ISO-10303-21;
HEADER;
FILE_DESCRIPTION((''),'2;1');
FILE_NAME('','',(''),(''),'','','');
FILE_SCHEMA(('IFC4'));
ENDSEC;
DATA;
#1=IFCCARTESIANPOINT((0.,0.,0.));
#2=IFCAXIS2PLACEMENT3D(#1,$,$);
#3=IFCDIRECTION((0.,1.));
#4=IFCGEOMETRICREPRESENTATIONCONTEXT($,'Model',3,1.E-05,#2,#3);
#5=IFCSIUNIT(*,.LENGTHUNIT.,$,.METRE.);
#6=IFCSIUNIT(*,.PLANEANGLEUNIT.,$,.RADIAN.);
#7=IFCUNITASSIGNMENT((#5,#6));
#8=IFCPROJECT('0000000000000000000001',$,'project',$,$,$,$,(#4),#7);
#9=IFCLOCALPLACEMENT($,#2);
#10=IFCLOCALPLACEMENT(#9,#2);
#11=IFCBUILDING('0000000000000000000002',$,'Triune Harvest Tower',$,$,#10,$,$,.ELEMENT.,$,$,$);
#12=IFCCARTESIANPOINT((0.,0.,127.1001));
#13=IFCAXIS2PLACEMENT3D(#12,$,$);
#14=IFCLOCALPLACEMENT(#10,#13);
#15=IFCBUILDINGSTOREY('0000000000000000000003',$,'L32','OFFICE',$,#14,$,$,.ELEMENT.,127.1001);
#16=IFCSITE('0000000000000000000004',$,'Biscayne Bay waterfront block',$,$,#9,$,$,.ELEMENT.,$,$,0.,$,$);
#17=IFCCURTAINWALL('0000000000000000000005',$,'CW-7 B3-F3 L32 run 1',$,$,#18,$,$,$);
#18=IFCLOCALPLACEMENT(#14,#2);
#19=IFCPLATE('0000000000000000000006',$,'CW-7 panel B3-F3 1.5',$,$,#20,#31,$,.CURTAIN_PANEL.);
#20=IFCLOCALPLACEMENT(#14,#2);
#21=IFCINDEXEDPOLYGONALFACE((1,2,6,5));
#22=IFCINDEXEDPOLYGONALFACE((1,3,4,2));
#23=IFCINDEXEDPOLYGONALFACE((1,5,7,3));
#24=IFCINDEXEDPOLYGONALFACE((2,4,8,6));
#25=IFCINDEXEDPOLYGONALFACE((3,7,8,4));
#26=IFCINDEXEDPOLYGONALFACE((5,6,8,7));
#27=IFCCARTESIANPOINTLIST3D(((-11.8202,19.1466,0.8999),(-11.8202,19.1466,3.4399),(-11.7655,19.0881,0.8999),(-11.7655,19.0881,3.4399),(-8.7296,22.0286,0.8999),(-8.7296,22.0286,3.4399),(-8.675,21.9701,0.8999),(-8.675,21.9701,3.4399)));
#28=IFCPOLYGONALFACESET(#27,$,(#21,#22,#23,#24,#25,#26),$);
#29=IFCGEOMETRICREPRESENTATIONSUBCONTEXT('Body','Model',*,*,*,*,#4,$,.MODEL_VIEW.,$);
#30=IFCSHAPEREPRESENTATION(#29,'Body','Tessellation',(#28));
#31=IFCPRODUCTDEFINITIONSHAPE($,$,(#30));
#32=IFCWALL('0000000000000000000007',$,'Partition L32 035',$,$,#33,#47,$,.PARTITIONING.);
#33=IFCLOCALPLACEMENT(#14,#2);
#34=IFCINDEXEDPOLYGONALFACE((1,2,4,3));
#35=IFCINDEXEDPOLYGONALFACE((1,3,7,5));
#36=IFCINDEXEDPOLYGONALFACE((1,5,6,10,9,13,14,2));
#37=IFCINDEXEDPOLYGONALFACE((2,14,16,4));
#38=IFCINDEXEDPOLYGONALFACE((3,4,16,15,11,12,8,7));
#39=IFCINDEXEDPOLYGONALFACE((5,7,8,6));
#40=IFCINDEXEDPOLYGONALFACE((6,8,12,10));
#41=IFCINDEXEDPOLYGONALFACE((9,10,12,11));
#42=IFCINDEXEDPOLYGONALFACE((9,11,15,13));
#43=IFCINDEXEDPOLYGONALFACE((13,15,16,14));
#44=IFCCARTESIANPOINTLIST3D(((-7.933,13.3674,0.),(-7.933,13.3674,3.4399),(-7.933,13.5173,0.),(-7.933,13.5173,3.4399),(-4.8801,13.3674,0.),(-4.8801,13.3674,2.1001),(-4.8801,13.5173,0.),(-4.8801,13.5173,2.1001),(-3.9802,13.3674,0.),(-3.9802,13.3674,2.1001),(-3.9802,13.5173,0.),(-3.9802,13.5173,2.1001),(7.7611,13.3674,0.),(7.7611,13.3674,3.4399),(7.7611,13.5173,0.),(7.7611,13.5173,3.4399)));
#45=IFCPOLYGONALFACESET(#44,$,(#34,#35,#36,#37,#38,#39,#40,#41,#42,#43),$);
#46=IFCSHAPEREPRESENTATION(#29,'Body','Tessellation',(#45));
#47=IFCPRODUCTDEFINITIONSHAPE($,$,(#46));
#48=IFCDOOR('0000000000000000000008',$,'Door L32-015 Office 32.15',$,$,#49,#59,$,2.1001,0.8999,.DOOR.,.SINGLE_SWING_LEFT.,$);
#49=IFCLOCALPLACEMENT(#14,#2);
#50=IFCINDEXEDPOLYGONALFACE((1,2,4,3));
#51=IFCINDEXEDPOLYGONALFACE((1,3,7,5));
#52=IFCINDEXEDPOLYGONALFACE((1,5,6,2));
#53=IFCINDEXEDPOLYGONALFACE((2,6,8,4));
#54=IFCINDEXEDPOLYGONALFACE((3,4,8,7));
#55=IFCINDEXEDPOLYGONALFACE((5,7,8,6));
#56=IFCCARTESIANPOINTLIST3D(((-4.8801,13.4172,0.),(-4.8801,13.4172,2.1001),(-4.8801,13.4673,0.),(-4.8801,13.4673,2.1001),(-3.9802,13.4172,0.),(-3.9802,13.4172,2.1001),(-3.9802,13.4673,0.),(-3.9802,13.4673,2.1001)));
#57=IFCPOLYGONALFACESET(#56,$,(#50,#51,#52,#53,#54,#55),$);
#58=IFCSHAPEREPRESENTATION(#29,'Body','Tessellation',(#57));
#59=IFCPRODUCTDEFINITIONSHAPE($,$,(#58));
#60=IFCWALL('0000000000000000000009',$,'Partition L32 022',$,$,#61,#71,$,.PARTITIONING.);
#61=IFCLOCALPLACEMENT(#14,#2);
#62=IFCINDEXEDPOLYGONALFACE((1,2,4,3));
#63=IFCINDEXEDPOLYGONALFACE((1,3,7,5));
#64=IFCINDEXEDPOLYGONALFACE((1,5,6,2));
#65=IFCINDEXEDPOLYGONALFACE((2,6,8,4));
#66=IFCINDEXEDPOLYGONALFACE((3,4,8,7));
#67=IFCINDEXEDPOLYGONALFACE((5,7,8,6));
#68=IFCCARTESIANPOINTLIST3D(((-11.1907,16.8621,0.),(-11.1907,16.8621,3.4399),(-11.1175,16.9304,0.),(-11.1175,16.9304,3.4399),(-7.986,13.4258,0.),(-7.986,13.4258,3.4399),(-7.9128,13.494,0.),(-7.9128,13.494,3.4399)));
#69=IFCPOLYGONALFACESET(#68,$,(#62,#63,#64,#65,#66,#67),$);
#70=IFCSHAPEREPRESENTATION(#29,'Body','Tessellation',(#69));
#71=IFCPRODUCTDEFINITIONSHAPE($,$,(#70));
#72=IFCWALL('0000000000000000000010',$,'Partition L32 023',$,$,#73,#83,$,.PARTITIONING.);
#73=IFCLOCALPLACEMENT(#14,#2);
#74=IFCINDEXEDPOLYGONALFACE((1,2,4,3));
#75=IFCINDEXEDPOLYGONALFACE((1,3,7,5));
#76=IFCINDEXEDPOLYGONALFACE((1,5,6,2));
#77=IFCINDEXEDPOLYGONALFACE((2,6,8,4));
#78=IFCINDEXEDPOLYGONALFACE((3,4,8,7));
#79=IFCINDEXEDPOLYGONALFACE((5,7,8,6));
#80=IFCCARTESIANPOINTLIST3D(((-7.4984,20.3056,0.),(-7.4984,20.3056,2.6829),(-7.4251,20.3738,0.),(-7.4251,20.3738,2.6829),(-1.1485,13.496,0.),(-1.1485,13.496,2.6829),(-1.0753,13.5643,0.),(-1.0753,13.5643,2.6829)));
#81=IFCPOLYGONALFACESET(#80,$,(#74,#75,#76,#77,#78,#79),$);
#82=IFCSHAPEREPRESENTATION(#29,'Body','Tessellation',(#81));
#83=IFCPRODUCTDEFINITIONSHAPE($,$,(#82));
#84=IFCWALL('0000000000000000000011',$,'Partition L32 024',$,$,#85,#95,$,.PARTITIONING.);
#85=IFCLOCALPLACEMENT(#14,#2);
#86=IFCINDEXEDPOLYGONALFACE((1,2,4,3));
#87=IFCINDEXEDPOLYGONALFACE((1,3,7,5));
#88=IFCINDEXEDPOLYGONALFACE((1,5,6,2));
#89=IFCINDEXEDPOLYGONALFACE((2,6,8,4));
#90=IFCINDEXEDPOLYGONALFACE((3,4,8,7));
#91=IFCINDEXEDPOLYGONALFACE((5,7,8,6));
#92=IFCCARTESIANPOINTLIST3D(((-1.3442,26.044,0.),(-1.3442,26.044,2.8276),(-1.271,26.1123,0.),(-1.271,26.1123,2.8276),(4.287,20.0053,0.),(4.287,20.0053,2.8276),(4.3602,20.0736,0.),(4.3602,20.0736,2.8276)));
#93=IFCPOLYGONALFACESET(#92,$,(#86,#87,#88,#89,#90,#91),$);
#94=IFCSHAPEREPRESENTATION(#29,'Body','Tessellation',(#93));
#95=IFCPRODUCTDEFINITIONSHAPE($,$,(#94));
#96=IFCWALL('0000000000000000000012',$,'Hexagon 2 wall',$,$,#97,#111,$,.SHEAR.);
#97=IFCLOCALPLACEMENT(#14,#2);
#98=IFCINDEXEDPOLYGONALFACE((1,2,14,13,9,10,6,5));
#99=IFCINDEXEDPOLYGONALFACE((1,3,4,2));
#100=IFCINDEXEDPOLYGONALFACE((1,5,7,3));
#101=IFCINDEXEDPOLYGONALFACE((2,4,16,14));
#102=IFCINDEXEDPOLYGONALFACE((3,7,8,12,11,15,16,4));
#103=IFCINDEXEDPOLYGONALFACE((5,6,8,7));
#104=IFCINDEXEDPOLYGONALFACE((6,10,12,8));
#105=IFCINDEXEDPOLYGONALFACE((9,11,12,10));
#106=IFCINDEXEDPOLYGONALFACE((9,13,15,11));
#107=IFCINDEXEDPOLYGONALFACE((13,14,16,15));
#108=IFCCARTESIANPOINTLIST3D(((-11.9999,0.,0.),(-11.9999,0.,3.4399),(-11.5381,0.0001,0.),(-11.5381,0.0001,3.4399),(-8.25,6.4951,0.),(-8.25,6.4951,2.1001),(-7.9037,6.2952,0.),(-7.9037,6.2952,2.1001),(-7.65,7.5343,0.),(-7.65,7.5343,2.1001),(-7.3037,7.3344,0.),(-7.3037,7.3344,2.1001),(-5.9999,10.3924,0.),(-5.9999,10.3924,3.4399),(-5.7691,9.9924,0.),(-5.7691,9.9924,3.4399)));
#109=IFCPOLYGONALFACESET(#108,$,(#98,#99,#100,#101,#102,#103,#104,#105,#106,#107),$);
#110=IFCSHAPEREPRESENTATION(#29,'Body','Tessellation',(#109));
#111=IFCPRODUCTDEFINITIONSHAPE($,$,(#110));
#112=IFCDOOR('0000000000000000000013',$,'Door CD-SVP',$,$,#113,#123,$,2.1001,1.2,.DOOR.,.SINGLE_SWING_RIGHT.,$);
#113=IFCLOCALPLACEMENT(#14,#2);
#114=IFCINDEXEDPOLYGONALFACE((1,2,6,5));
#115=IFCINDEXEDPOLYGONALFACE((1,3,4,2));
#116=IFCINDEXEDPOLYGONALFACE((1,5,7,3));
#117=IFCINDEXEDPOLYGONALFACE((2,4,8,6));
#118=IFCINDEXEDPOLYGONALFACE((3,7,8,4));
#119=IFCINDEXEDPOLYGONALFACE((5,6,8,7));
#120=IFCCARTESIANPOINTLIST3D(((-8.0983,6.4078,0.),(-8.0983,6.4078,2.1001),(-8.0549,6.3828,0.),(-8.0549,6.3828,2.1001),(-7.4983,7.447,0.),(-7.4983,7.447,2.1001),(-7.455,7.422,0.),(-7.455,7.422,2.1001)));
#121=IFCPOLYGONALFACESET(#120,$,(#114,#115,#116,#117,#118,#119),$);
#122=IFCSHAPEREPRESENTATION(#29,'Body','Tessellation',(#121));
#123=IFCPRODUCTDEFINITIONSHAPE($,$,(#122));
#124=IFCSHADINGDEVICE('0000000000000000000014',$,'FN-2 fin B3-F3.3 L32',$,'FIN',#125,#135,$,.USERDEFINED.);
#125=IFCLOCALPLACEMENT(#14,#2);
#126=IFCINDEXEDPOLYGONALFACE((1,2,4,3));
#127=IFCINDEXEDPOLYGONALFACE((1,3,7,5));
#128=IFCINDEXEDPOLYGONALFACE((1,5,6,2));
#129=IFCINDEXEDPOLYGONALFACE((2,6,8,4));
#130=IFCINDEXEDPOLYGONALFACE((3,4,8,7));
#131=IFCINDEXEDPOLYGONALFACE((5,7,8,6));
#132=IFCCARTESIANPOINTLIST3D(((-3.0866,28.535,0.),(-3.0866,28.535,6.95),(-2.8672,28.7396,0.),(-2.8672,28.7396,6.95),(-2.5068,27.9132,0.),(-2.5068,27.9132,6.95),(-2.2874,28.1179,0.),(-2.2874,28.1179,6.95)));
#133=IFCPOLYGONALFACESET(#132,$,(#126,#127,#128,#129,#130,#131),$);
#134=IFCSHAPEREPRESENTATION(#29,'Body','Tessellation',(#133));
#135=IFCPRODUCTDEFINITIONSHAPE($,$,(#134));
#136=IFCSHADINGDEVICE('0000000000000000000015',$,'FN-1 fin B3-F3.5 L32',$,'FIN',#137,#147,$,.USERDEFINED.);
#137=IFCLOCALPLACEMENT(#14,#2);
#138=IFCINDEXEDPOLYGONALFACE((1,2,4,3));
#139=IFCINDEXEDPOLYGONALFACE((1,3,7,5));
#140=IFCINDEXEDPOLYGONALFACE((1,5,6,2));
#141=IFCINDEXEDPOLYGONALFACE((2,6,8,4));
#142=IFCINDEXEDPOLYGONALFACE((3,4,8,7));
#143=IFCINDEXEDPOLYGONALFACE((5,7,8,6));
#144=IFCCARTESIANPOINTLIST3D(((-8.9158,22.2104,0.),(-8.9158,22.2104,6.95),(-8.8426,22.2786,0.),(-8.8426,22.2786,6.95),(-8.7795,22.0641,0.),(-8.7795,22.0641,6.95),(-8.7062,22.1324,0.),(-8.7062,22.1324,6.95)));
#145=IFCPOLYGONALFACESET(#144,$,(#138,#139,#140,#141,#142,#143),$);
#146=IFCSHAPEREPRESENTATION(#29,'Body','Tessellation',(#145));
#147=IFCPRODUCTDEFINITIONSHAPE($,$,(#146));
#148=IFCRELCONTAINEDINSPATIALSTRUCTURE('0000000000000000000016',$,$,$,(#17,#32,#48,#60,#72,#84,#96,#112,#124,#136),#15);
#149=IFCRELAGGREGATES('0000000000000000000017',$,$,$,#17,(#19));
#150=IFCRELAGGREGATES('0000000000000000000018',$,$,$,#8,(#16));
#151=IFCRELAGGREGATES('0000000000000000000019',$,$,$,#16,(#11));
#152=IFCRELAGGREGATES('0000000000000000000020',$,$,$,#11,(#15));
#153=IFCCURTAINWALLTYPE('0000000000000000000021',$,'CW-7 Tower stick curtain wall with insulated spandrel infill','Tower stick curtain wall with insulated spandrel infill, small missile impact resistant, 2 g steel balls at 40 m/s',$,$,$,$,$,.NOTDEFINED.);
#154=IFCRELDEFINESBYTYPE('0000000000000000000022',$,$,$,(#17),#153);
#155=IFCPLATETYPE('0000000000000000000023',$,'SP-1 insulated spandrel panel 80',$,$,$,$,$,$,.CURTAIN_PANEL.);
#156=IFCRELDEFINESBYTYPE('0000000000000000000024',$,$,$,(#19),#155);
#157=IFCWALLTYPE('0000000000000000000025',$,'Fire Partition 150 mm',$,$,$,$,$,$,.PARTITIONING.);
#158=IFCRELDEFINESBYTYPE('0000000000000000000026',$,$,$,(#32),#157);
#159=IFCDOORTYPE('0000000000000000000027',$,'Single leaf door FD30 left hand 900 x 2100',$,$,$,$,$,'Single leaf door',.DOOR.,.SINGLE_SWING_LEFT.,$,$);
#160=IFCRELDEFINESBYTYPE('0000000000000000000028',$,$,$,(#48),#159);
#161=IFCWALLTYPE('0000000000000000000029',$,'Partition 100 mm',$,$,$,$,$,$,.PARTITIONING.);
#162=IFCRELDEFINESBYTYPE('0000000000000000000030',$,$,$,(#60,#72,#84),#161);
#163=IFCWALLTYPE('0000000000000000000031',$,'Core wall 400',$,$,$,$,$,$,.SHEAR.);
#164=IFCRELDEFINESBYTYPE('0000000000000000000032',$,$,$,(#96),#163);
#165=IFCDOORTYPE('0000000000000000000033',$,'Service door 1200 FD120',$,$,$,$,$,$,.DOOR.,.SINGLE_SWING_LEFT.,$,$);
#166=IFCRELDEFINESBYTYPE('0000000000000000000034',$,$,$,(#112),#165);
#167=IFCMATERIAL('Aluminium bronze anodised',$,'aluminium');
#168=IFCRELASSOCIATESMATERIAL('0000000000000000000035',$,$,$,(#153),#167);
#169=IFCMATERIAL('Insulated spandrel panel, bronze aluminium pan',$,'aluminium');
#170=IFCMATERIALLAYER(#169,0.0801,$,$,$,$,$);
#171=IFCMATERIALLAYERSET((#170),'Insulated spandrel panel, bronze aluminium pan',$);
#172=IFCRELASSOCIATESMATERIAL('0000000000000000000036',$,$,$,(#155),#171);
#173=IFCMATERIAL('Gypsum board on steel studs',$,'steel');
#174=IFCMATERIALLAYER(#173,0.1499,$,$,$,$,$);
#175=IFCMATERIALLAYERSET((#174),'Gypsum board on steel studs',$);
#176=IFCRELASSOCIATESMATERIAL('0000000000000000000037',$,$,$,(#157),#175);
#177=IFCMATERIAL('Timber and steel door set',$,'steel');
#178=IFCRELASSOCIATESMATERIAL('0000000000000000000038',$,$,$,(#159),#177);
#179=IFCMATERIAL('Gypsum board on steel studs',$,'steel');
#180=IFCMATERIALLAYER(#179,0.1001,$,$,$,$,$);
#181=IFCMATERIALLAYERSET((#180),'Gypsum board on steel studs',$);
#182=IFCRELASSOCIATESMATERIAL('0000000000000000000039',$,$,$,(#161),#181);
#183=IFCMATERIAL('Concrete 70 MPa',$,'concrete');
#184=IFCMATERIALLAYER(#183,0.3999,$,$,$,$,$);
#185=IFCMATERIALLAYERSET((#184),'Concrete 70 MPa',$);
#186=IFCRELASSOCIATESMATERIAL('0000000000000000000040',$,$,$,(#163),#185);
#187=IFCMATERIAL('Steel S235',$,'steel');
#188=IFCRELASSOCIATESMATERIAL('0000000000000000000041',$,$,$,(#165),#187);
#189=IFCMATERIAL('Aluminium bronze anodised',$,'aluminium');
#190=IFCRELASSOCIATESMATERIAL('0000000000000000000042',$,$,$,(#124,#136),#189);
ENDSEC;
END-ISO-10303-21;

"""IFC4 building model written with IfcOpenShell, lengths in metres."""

from ifc_helpers import new_model, si_unit, direction, frame, frame_2d, origin, origin_2d, place, context, subcontext, project, spatial, polyline, rectangle, outline, extrude, source, transform, mapped, material, layer, layer_set, type_object, element, fill, aggregate, save


model = new_model("IFC4")

# Units and contexts
model_context = context("Model", 3, precision=1e-05, world=origin(), true_north=direction((0.0, 1.0)))
body_context = subcontext(model_context, "Body", "Model", "MODEL_VIEW")
ifc_project = project(units=[si_unit("LENGTHUNIT", "METRE"), si_unit("PLANEANGLEUNIT", "RADIAN")], contexts=[model_context])

# Site, building, storey
site_placement = place(None, origin())
site = spatial("IfcSite", under=ifc_project, at=site_placement, Name="Biscayne Bay waterfront block", CompositionType="ELEMENT", RefElevation=0.0)
building_placement = place(site_placement, origin())
building = spatial("IfcBuilding", under=site, at=building_placement, Name="Triune Harvest Tower", CompositionType="ELEMENT")
storey_placement = place(building_placement, frame((0.0, 0.0, 127.1001)))
storey = spatial("IfcBuildingStorey", under=building, at=storey_placement, Name="L32", Description="OFFICE", CompositionType="ELEMENT", Elevation=127.1001)

# Curtain wall, plate
ifc_material_1 = material(Name="Aluminium bronze anodised", Category="aluminium")
curtain_wall_type = type_object("IfcCurtainWallType", Name="CW-7 Tower stick curtain wall with insulated spandrel infill", Description="Tower stick curtain wall with insulated spandrel infill, small missile impact resistant, 2 g steel balls at 40 m/s", PredefinedType="NOTDEFINED", material=ifc_material_1)
curtain_wall_placement = place(storey_placement, origin())
curtain_wall = element("IfcCurtainWall", 1, at=curtain_wall_placement, inside=storey, type_object=curtain_wall_type, Name="CW-7 B3-F3 L32 run 1")
ifc_material_2 = material(Name="Insulated spandrel panel, bronze aluminium pan", Category="aluminium")
ifc_layer_1 = layer(ifc_material_2, 0.0801)
ifc_layer_set_1 = layer_set([ifc_layer_1], Name="Insulated spandrel panel, bronze aluminium pan")
plate_type = type_object("IfcPlateType", Name="SP-1 insulated spandrel panel 80", PredefinedType="CURTAIN_PANEL", material=ifc_layer_set_1)
shared_shape_1 = source(origin(), body_context, "Body", "SweptSolid", [
    extrude(rectangle(XDim=4.2258, YDim=0.0801, at=origin_2d()), origin(), (0.0, 0.0, 1.0), 2.54),
])
plate_1_placement = place(storey_placement, frame((-10.2476, 20.5583, 0.8999), z_axis=(0.0, 0.0, 1.0), x_axis=(-0.731355, -0.681997, 0.0)))
plate_1 = element("IfcPlate", 2, at=plate_1_placement, type_object=plate_type, Name="CW-7 panel B3-F3 1.5", PredefinedType="CURTAIN_PANEL", context=body_context, shape_type="MappedRepresentation", body=[
    mapped(shared_shape_1, transform((0.0, 0.0, 0.0), scale=1.0)),
])
aggregate(curtain_wall, [plate_1])

# Wall, opening, door
ifc_material_3 = material(Name="Gypsum board on steel studs", Category="steel")
ifc_layer_2 = layer(ifc_material_3, 0.1499)
ifc_layer_set_2 = layer_set([ifc_layer_2], Name="Gypsum board on steel studs")
wall_type_1 = type_object("IfcWallType", Name="Fire Partition 150 mm", PredefinedType="PARTITIONING", material=ifc_layer_set_2)
wall_1_placement = place(storey_placement, frame((-7.9331, 13.4424, 0.0), z_axis=(0.0, 0.0, 1.0), x_axis=(1.0, 0.0, 0.0)))
wall_1 = element("IfcWall", 3, at=wall_1_placement, inside=storey, type_object=wall_type_1, Name="Partition L32 035", PredefinedType="PARTITIONING", context=body_context, shape_type="SweptSolid", body=[
    extrude(rectangle(XDim=15.6941, YDim=0.1499, at=frame_2d((7.8472, 0.0))), origin(), (0.0, 0.0, 1.0), 3.4399),
])
opening_1_placement = place(wall_1_placement, frame((3.053, 0.0, 0.0)))
opening_1 = element("IfcOpeningElement", 4, at=opening_1_placement, cuts=wall_1, PredefinedType="OPENING", context=body_context, shape_type="SweptSolid", body=[
    extrude(rectangle(XDim=0.8999, YDim=2.1001, at=frame_2d((0.45, 1.05))), frame((0.0, 0.085, 0.0), z_axis=(0.0, -1.0, 0.0), x_axis=(1.0, 0.0, 0.0)), (0.0, 0.0, 1.0), 0.1699),
])
ifc_material_4 = material(Name="Timber and steel door set", Category="steel")
door_type_1 = type_object("IfcDoorType", Name="Single leaf door FD30 left hand 900 x 2100", ElementType="Single leaf door", OperationType="SINGLE_SWING_LEFT", PredefinedType="DOOR", material=ifc_material_4)
door_1_placement = place(opening_1_placement, origin())
door_1 = element("IfcDoor", 5, at=door_1_placement, inside=storey, type_object=door_type_1, Name="Door L32-015 Office 32.15", OperationType="SINGLE_SWING_LEFT", OverallHeight=2.1001, OverallWidth=0.8999, PredefinedType="DOOR", context=body_context, shape_type="SweptSolid", body=[
    extrude(rectangle(XDim=0.8999, YDim=2.1001, at=frame_2d((0.45, 1.05))), frame((0.0, 0.0249, 0.0), z_axis=(0.0, -1.0, 0.0), x_axis=(1.0, 0.0, 0.0)), (0.0, 0.0, 1.0), 0.05),
])
fill(opening_1, door_1)

# Walls
ifc_material_5 = material(Name="Gypsum board on steel studs", Category="steel")
ifc_layer_3 = layer(ifc_material_5, 0.1001)
ifc_layer_set_3 = layer_set([ifc_layer_3], Name="Gypsum board on steel studs")
wall_type_2 = type_object("IfcWallType", Name="Partition 100 mm", PredefinedType="PARTITIONING", material=ifc_layer_set_3)
wall_2_placement = place(storey_placement, frame((-11.1541, 16.8962, 0.0), z_axis=(0.0, 0.0, 1.0), x_axis=(0.682022, -0.731332, 0.0)))
element("IfcWall", 6, at=wall_2_placement, inside=storey, type_object=wall_type_2, Name="Partition L32 022", PredefinedType="PARTITIONING", context=body_context, shape_type="SweptSolid", body=[
    extrude(rectangle(XDim=4.6987, YDim=0.1001, at=frame_2d((2.3494, 0.0))), origin(), (0.0, 0.0, 1.0), 3.4399),
])
wall_3_placement = place(storey_placement, frame((-7.4617, 20.3396, 0.0), z_axis=(0.0, 0.0, 1.0), x_axis=(0.681988, -0.731363, 0.0)))
element("IfcWall", 7, at=wall_3_placement, inside=storey, type_object=wall_type_2, Name="Partition L32 023", PredefinedType="PARTITIONING", context=body_context, shape_type="SweptSolid", body=[
    extrude(rectangle(XDim=9.3108, YDim=0.1001, at=frame_2d((4.6553, 0.0))), origin(), (0.0, 0.0, 1.0), 2.6829),
])
wall_4_placement = place(storey_placement, frame((-1.3076, 26.0781, 0.0), z_axis=(0.0, 0.0, 1.0), x_axis=(0.682001, -0.731351, 0.0)))
element("IfcWall", 8, at=wall_4_placement, inside=storey, type_object=wall_type_2, Name="Partition L32 024", PredefinedType="PARTITIONING", context=body_context, shape_type="SweptSolid", body=[
    extrude(rectangle(XDim=8.2568, YDim=0.1001, at=frame_2d((4.1284, 0.0))), origin(), (0.0, 0.0, 1.0), 2.8276),
])

# Wall, opening, door
ifc_material_6 = material(Name="Concrete 70 MPa", Category="concrete")
ifc_layer_4 = layer(ifc_material_6, 0.3999)
ifc_layer_set_4 = layer_set([ifc_layer_4], Name="Concrete 70 MPa")
wall_type_3 = type_object("IfcWallType", Name="Core wall 400", PredefinedType="SHEAR", material=ifc_layer_set_4)
shared_shape_2 = source(origin(), body_context, "Body", "SweptSolid", [
    extrude(outline(polyline([(-0.1155, -0.2), (11.8845, -0.2), (11.6536, 0.2), (0.1155, 0.2), (-0.1155, -0.2)])), origin(), (0.0, 0.0, 1.0), 3.4399),
])
wall_5_placement = place(storey_placement, frame((-5.8845, 10.1924, 0.0), z_axis=(0.0, 0.0, 1.0), x_axis=(-0.499997, -0.866027, 0.0)))
wall_5 = element("IfcWall", 9, at=wall_5_placement, inside=storey, type_object=wall_type_3, Name="Hexagon 2 wall", PredefinedType="SHEAR", context=body_context, shape_type="MappedRepresentation", body=[
    mapped(shared_shape_2, transform((0.0, 0.0, 0.0), scale=1.0)),
])
opening_2_placement = place(wall_5_placement, frame((3.1846, 0.0, 0.0)))
opening_2 = element("IfcOpeningElement", 10, at=opening_2_placement, cuts=wall_5, PredefinedType="OPENING", context=body_context, shape_type="SweptSolid", body=[
    extrude(rectangle(XDim=1.2, YDim=2.1001, at=frame_2d((0.6001, 1.05))), frame((0.0, 0.21, 0.0), z_axis=(0.0, -1.0, 0.0), x_axis=(1.0, 0.0, 0.0)), (0.0, 0.0, 1.0), 0.4199),
])
ifc_material_7 = material(Name="Steel S235", Category="steel")
door_type_2 = type_object("IfcDoorType", Name="Service door 1200 FD120", OperationType="SINGLE_SWING_LEFT", PredefinedType="DOOR", material=ifc_material_7)
door_2_placement = place(opening_2_placement, frame((1.2, 0.0, 0.0), z_axis=(0.0, 0.0, 1.0), x_axis=(-1.0, 0.0, 0.0)))
door_2 = element("IfcDoor", 11, at=door_2_placement, inside=storey, type_object=door_type_2, Name="Door CD-SVP", OperationType="SINGLE_SWING_RIGHT", OverallHeight=2.1001, OverallWidth=1.2, PredefinedType="DOOR", context=body_context, shape_type="SweptSolid", body=[
    extrude(rectangle(XDim=1.2, YDim=2.1001, at=frame_2d((0.6001, 1.05))), frame((0.0, 0.0249, 0.0), z_axis=(0.0, -1.0, 0.0), x_axis=(1.0, 0.0, 0.0)), (0.0, 0.0, 1.0), 0.05),
])
fill(opening_2, door_2)

# Shading devices
ifc_material_8 = material(Name="Aluminium bronze anodised", Category="aluminium")
shared_shape_3 = source(origin(), body_context, "Body", "SweptSolid", [
    extrude(rectangle(XDim=0.3, YDim=0.8501, at=origin_2d()), origin(), (0.0, 0.0, 1.0), 6.95),
])
shading_device_1_placement = place(storey_placement, frame((-2.687, 28.3264, 0.0), z_axis=(0.0, 0.0, 1.0), x_axis=(-0.731353, -0.681999, 0.0)))
element("IfcShadingDevice", 12, at=shading_device_1_placement, inside=storey, material=ifc_material_8, Name="FN-2 fin B3-F3.3 L32", ObjectType="FIN", PredefinedType="USERDEFINED", context=body_context, shape_type="MappedRepresentation", body=[
    mapped(shared_shape_3, transform((0.0, 0.0, 0.0), scale=1.0)),
])
shared_shape_4 = source(origin(), body_context, "Body", "SweptSolid", [
    extrude(rectangle(XDim=0.1001, YDim=0.2, at=origin_2d()), origin(), (0.0, 0.0, 1.0), 6.95),
])
shading_device_2_placement = place(storey_placement, frame((-8.811, 22.1714, 0.0), z_axis=(0.0, 0.0, 1.0), x_axis=(-0.731353, -0.681999, 0.0)))
element("IfcShadingDevice", 13, at=shading_device_2_placement, inside=storey, material=ifc_material_8, Name="FN-1 fin B3-F3.5 L32", ObjectType="FIN", PredefinedType="USERDEFINED", context=body_context, shape_type="MappedRepresentation", body=[
    mapped(shared_shape_4, transform((0.0, 0.0, 0.0), scale=1.0)),
])

save(model, "model.ifc")
